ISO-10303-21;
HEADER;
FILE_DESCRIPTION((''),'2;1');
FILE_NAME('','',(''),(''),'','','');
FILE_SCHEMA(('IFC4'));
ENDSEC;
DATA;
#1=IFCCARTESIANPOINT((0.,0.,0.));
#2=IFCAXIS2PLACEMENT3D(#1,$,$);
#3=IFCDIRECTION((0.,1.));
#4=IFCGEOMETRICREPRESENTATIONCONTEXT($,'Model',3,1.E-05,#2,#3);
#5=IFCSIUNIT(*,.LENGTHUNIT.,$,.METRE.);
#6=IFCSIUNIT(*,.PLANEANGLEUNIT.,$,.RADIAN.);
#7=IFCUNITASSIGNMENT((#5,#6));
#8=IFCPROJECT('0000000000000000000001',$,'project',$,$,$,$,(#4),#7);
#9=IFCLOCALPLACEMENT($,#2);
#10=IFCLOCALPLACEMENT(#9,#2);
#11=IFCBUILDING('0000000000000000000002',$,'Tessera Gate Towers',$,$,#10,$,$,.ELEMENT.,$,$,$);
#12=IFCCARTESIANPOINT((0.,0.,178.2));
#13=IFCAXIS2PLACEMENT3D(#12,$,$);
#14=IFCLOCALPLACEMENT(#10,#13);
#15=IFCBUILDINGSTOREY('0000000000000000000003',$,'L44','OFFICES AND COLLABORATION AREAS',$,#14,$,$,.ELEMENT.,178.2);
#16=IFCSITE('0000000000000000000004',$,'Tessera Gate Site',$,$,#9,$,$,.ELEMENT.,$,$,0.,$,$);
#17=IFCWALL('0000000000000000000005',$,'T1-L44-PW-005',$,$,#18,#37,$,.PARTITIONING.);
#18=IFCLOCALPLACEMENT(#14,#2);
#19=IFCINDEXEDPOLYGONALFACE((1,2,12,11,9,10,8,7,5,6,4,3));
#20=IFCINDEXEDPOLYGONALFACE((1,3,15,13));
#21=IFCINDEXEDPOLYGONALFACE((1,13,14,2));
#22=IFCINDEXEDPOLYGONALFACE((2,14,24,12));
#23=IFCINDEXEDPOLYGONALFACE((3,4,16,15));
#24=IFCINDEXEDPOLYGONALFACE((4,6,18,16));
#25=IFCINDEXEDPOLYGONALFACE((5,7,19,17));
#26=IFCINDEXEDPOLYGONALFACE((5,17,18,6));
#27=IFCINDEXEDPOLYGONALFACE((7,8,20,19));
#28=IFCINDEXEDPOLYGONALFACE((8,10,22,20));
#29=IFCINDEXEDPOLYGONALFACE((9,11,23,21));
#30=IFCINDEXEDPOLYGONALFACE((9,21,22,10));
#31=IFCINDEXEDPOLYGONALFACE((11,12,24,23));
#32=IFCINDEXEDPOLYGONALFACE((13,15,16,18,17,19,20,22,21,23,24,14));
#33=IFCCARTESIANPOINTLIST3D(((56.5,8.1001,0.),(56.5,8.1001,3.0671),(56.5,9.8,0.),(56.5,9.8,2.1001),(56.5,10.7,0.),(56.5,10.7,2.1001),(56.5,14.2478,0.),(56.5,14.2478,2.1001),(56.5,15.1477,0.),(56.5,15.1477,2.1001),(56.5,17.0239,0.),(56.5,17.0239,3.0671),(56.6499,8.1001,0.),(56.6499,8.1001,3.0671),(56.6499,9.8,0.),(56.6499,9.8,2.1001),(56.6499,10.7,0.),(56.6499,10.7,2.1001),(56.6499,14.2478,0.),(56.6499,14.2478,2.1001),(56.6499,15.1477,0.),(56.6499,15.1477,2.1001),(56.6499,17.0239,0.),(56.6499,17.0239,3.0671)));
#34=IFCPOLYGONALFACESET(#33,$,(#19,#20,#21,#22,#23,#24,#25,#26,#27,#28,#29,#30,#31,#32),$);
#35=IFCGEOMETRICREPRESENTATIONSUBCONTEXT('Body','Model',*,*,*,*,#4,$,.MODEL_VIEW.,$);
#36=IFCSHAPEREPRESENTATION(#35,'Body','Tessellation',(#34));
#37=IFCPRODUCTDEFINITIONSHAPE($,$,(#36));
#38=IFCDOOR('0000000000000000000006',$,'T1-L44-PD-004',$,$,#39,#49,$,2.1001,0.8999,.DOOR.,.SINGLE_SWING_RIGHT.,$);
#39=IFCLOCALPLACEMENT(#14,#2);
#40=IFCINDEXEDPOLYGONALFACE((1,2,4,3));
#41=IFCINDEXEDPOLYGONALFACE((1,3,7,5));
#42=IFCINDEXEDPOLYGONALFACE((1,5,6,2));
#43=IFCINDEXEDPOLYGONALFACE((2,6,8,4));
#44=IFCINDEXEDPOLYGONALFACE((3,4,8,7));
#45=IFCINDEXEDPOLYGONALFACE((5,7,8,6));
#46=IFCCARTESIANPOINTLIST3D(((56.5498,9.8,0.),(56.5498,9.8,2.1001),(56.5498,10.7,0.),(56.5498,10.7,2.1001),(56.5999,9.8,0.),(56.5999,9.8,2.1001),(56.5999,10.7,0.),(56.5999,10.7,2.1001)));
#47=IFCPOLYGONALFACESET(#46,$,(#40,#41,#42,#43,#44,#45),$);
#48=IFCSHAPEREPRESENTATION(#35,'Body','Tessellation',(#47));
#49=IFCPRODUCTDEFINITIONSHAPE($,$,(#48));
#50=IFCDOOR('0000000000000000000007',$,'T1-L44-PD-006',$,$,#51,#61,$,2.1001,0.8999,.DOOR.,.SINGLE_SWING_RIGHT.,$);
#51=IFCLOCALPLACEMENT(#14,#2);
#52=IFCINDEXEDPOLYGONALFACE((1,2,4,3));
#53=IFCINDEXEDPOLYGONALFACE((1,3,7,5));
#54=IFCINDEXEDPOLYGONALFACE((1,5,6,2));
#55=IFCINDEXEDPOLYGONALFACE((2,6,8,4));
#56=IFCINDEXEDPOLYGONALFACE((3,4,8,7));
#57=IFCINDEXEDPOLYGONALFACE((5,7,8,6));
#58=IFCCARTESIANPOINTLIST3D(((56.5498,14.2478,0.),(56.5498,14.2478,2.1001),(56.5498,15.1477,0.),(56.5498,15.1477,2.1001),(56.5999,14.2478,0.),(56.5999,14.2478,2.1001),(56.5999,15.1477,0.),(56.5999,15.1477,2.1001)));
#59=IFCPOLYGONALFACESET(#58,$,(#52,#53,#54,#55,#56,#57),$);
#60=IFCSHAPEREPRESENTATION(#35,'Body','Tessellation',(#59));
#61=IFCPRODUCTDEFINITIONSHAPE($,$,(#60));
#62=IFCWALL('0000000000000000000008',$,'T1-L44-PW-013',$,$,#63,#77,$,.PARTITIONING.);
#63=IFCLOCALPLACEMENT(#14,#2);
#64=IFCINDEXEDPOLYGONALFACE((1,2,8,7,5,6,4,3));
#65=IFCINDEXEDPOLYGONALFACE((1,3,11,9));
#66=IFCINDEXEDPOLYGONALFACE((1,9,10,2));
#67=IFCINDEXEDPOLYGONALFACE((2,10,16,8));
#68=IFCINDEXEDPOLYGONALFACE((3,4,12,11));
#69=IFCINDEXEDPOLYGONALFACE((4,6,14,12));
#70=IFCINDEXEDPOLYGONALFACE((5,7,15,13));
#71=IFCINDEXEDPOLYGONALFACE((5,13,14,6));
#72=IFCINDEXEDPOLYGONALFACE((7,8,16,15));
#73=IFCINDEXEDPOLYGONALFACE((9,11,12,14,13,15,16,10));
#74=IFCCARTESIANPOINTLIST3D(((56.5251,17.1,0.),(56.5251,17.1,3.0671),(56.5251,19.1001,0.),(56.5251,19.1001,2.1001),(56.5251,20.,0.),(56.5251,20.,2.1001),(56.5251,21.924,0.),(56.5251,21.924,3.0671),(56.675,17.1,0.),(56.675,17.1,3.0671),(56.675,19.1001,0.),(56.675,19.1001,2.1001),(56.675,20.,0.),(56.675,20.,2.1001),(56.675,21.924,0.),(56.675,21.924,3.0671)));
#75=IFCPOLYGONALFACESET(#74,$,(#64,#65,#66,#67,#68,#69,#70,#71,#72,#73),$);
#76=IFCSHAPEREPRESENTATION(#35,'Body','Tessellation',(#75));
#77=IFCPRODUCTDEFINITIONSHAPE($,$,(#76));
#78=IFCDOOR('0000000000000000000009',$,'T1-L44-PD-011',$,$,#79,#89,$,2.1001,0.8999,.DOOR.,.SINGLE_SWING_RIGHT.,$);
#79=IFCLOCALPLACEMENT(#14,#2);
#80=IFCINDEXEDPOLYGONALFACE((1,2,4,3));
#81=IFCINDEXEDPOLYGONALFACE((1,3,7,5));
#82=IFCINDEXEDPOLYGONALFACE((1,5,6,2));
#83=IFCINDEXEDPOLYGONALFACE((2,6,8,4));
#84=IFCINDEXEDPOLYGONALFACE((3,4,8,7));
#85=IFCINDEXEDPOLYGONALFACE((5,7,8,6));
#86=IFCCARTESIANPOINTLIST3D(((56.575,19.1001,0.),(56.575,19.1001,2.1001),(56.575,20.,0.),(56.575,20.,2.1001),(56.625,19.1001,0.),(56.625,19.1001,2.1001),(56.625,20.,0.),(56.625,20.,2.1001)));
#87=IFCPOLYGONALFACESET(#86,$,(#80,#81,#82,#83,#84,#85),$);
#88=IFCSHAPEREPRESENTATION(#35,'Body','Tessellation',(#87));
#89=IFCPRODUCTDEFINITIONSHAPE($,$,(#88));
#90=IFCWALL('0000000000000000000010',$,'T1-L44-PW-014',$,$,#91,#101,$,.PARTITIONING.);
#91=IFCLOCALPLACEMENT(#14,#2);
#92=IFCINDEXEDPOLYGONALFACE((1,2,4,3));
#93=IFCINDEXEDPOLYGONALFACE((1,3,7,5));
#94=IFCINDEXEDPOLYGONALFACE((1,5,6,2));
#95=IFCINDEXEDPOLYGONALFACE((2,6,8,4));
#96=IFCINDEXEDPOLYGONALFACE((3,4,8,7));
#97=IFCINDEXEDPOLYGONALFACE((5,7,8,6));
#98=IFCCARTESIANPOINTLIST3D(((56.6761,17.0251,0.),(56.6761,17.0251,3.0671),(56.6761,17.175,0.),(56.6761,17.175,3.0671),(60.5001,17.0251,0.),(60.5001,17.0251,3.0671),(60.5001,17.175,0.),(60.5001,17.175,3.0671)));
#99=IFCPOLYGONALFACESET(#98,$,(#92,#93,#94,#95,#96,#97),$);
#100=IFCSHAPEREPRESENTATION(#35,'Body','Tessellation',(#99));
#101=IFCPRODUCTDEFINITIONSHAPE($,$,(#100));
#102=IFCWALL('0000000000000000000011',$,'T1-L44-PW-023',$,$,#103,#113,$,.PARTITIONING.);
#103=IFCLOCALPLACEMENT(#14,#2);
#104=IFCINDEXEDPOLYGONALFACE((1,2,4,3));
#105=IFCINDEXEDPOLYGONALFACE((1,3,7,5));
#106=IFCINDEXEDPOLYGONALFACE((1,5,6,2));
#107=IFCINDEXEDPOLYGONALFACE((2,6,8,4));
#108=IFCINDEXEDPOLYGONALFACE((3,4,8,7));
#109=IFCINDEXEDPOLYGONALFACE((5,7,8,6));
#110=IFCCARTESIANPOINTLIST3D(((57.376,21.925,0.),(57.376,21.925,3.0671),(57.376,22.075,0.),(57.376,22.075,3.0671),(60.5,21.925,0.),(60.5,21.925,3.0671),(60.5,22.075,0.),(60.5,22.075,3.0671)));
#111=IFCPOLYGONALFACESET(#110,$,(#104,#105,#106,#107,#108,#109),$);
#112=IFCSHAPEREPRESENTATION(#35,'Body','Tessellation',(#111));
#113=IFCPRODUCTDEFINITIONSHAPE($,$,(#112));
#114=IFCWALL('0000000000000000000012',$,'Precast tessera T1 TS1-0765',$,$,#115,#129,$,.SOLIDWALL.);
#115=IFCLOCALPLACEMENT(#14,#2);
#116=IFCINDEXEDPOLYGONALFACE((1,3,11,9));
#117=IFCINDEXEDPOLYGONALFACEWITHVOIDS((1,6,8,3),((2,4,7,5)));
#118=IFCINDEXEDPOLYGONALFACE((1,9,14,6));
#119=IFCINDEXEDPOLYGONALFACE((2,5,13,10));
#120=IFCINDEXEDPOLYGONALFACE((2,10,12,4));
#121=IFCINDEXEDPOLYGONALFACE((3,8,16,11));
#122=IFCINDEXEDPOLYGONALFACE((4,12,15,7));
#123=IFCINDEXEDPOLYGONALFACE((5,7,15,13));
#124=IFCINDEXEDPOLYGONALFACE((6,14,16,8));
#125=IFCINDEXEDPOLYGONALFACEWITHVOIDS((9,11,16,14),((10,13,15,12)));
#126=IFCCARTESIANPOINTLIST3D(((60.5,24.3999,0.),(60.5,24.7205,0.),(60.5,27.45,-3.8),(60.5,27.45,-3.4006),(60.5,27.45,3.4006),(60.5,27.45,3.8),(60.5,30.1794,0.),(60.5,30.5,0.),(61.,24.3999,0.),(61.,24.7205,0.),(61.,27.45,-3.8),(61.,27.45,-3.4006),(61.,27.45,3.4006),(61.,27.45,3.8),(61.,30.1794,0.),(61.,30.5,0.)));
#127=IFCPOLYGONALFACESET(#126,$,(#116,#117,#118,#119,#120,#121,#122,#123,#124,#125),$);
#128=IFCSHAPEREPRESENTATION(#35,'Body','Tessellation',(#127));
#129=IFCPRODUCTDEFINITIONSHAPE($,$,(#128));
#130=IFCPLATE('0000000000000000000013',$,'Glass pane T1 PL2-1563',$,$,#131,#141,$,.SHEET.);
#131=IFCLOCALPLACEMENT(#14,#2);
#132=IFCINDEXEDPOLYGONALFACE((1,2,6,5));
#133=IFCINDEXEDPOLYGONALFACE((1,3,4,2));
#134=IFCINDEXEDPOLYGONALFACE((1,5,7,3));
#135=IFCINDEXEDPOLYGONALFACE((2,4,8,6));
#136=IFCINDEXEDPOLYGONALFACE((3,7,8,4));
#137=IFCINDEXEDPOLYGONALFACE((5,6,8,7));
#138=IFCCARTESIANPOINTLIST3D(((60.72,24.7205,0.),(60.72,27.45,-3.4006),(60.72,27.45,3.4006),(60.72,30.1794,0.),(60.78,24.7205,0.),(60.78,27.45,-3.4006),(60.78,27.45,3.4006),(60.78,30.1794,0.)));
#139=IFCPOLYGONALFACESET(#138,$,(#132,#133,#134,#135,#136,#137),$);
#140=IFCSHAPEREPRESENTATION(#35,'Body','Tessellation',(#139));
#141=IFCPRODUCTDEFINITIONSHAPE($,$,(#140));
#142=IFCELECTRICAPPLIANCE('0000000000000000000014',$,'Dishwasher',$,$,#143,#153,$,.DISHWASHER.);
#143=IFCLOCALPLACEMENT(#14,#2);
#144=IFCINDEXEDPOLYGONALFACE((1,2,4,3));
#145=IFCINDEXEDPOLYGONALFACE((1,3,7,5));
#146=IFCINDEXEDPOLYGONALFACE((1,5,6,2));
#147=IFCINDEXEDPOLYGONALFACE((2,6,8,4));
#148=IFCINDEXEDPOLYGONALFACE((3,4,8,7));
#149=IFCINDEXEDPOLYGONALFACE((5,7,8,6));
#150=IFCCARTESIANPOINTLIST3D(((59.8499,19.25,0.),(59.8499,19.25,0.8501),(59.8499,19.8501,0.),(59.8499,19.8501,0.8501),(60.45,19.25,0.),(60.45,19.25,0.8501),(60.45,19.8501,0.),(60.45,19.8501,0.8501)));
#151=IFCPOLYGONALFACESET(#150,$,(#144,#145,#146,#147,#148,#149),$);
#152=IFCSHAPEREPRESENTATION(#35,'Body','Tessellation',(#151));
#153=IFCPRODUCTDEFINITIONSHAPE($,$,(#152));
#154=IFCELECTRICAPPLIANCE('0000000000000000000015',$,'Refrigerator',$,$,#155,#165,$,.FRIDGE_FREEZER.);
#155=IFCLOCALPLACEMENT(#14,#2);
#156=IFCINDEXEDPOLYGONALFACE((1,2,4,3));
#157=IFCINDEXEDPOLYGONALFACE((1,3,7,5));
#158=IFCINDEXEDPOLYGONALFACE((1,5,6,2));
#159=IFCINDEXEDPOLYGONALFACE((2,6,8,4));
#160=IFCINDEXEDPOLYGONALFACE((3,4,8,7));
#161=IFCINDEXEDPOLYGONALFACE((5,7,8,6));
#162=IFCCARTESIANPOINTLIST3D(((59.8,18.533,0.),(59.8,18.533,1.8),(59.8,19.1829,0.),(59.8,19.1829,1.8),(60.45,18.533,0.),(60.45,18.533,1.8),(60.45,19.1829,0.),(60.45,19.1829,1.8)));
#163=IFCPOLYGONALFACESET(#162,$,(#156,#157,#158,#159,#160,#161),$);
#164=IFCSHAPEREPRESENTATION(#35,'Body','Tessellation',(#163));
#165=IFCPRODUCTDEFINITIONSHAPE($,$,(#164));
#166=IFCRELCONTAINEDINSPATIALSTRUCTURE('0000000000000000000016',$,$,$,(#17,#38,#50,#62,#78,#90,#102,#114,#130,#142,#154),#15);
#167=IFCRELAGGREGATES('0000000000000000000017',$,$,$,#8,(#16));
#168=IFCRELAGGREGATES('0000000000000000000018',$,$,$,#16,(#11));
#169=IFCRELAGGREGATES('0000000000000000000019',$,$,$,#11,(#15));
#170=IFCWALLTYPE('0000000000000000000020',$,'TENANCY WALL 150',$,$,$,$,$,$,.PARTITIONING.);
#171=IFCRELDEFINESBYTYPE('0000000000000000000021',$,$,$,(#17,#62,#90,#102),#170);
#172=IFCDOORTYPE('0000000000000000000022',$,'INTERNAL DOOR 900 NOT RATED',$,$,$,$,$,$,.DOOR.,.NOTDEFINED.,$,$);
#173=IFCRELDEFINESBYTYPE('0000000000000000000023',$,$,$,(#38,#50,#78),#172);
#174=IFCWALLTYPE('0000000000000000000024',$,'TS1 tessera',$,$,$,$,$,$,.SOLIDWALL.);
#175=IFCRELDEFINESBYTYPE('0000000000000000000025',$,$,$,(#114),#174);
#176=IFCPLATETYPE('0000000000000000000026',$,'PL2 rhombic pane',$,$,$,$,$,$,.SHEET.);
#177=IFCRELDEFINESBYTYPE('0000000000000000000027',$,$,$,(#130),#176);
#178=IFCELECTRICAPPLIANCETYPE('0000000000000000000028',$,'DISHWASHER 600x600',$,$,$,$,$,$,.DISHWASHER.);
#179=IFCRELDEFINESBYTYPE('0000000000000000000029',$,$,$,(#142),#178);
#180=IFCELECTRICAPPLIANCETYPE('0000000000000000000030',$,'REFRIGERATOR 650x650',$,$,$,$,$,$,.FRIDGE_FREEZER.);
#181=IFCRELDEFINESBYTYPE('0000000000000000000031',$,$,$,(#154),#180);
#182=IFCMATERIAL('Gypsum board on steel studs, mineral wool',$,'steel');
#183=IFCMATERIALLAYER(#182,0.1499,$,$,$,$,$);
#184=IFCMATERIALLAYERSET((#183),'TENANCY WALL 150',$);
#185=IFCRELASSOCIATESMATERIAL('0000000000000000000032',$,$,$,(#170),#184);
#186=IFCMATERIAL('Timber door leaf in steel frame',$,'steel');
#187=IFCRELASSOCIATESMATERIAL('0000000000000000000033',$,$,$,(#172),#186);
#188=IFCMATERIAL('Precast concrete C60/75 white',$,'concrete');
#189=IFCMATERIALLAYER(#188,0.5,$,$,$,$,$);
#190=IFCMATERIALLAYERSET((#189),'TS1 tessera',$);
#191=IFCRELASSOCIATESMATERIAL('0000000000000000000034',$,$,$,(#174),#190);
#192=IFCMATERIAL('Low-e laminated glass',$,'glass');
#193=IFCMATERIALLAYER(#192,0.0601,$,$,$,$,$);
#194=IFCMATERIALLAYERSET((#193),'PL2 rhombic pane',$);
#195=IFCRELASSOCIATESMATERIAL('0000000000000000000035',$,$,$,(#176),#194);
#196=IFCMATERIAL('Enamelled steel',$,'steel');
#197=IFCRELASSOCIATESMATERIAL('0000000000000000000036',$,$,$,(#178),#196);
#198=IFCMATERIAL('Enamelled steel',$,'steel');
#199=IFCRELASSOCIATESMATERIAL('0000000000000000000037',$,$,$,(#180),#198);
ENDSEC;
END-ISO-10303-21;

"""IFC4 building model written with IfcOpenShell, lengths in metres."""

from ifc_helpers import new_model, si_unit, direction, frame, frame_2d, origin, origin_2d, place, context, subcontext, project, spatial, polyline, rectangle, outline, extrude, source, transform, mapped, material, layer, layer_set, type_object, element, fill, save


model = new_model("IFC4")

# Units and contexts
model_context = context("Model", 3, precision=1e-05, world=origin(), true_north=direction((0.0, 1.0)))
body_context = subcontext(model_context, "Body", "Model", "MODEL_VIEW")
ifc_project = project(units=[si_unit("LENGTHUNIT", "METRE"), si_unit("PLANEANGLEUNIT", "RADIAN")], contexts=[model_context])

# Site, building, storey
site_placement = place(None, origin())
site = spatial("IfcSite", under=ifc_project, at=site_placement, Name="Tessera Gate Site", CompositionType="ELEMENT", RefElevation=0.0)
building_placement = place(site_placement, origin())
building = spatial("IfcBuilding", under=site, at=building_placement, Name="Tessera Gate Towers", CompositionType="ELEMENT")
storey_placement = place(building_placement, frame((0.0, 0.0, 178.2)))
storey = spatial("IfcBuildingStorey", under=building, at=storey_placement, Name="L44", Description="OFFICES AND COLLABORATION AREAS", CompositionType="ELEMENT", Elevation=178.2)

# Wall, openings, doors
ifc_material_1 = material(Name="Gypsum board on steel studs, mineral wool", Category="steel")
ifc_layer_1 = layer(ifc_material_1, 0.1499)
ifc_layer_set_1 = layer_set([ifc_layer_1], Name="TENANCY WALL 150")
wall_type_1 = type_object("IfcWallType", Name="TENANCY WALL 150", PredefinedType="PARTITIONING", material=ifc_layer_set_1)
wall_1_placement = place(storey_placement, frame((56.575, 17.0239, 0.0), z_axis=(0.0, 0.0, 1.0), x_axis=(0.0, -1.0, 0.0)))
wall_1 = element("IfcWall", 1, at=wall_1_placement, inside=storey, type_object=wall_type_1, Name="T1-L44-PW-005", PredefinedType="PARTITIONING", context=body_context, shape_type="SweptSolid", body=[
    extrude(rectangle(XDim=8.9238, YDim=0.1499, at=frame_2d((4.4619, 0.0))), origin(), (0.0, 0.0, 1.0), 3.0671),
])
shared_shape_1 = source(origin(), body_context, "Body", "SweptSolid", [
    extrude(rectangle(XDim=0.8999, YDim=2.1001, at=frame_2d((0.45, 1.05))), frame((0.0, 0.085, 0.0), z_axis=(0.0, -1.0, 0.0), x_axis=(1.0, 0.0, 0.0)), (0.0, 0.0, 1.0), 0.1699),
])
opening_1_placement = place(wall_1_placement, frame((6.324, 0.0, 0.0)))
opening_1 = element("IfcOpeningElement", 2, at=opening_1_placement, cuts=wall_1, PredefinedType="OPENING", context=body_context, shape_type="MappedRepresentation", body=[
    mapped(shared_shape_1, transform((0.0, 0.0, 0.0), scale=1.0)),
])
opening_2_placement = place(wall_1_placement, frame((1.8762, 0.0, 0.0)))
opening_2 = element("IfcOpeningElement", 3, at=opening_2_placement, cuts=wall_1, PredefinedType="OPENING", context=body_context, shape_type="MappedRepresentation", body=[
    mapped(shared_shape_1, transform((0.0, 0.0, 0.0), scale=1.0)),
])
ifc_material_2 = material(Name="Timber door leaf in steel frame", Category="steel")
door_type_1 = type_object("IfcDoorType", Name="INTERNAL DOOR 900 NOT RATED", OperationType="NOTDEFINED", PredefinedType="DOOR", material=ifc_material_2)
shared_shape_2 = source(origin(), body_context, "Body", "SweptSolid", [
    extrude(rectangle(XDim=0.8999, YDim=2.1001, at=frame_2d((0.45, 1.05))), frame((0.0, 0.0249, 0.0), z_axis=(0.0, -1.0, 0.0), x_axis=(1.0, 0.0, 0.0)), (0.0, 0.0, 1.0), 0.05),
])
door_1_placement = place(opening_1_placement, origin())
door_1 = element("IfcDoor", 4, at=door_1_placement, inside=storey, type_object=door_type_1, Name="T1-L44-PD-004", OperationType="SINGLE_SWING_RIGHT", OverallHeight=2.1001, OverallWidth=0.8999, PredefinedType="DOOR", context=body_context, shape_type="MappedRepresentation", body=[
    mapped(shared_shape_2, transform((0.0, 0.0, 0.0), scale=1.0)),
])
fill(opening_1, door_1)
door_2_placement = place(opening_2_placement, origin())
door_2 = element("IfcDoor", 5, at=door_2_placement, inside=storey, type_object=door_type_1, Name="T1-L44-PD-006", OperationType="SINGLE_SWING_RIGHT", OverallHeight=2.1001, OverallWidth=0.8999, PredefinedType="DOOR", context=body_context, shape_type="MappedRepresentation", body=[
    mapped(shared_shape_2, transform((0.0, 0.0, 0.0), scale=1.0)),
])
fill(opening_2, door_2)

# Wall, opening, door
wall_2_placement = place(storey_placement, frame((56.6001, 21.9241, 0.0), z_axis=(0.0, 0.0, 1.0), x_axis=(0.0, -1.0, 0.0)))
wall_2 = element("IfcWall", 6, at=wall_2_placement, inside=storey, type_object=wall_type_1, Name="T1-L44-PW-013", PredefinedType="PARTITIONING", context=body_context, shape_type="SweptSolid", body=[
    extrude(rectangle(XDim=4.824, YDim=0.1499, at=frame_2d((2.4121, 0.0))), origin(), (0.0, 0.0, 1.0), 3.0671),
])
opening_3_placement = place(wall_2_placement, frame((1.9241, 0.0, 0.0)))
opening_3 = element("IfcOpeningElement", 7, at=opening_3_placement, cuts=wall_2, PredefinedType="OPENING", context=body_context, shape_type="MappedRepresentation", body=[
    mapped(shared_shape_1, transform((0.0, 0.0, 0.0), scale=1.0)),
])
door_3_placement = place(opening_3_placement, origin())
door_3 = element("IfcDoor", 8, at=door_3_placement, inside=storey, type_object=door_type_1, Name="T1-L44-PD-011", OperationType="SINGLE_SWING_RIGHT", OverallHeight=2.1001, OverallWidth=0.8999, PredefinedType="DOOR", context=body_context, shape_type="MappedRepresentation", body=[
    mapped(shared_shape_2, transform((0.0, 0.0, 0.0), scale=1.0)),
])
fill(opening_3, door_3)

# Walls
wall_3_placement = place(storey_placement, frame((56.676, 17.1001, 0.0), z_axis=(0.0, 0.0, 1.0), x_axis=(1.0, 0.0, 0.0)))
element("IfcWall", 9, at=wall_3_placement, inside=storey, type_object=wall_type_1, Name="T1-L44-PW-014", PredefinedType="PARTITIONING", context=body_context, shape_type="SweptSolid", body=[
    extrude(rectangle(XDim=3.824, YDim=0.1499, at=frame_2d((1.9121, 0.0))), origin(), (0.0, 0.0, 1.0), 3.0671),
])
wall_4_placement = place(storey_placement, frame((57.376, 22.0, 0.0), z_axis=(0.0, 0.0, 1.0), x_axis=(1.0, 0.0, 0.0)))
element("IfcWall", 10, at=wall_4_placement, inside=storey, type_object=wall_type_1, Name="T1-L44-PW-023", PredefinedType="PARTITIONING", context=body_context, shape_type="SweptSolid", body=[
    extrude(rectangle(XDim=3.124, YDim=0.1499, at=frame_2d((1.562, 0.0))), origin(), (0.0, 0.0, 1.0), 3.0671),
])

# Wall, opening, plate
ifc_material_3 = material(Name="Precast concrete C60/75 white", Category="concrete")
ifc_layer_2 = layer(ifc_material_3, 0.5)
ifc_layer_set_2 = layer_set([ifc_layer_2], Name="TS1 tessera")
wall_type_2 = type_object("IfcWallType", Name="TS1 tessera", PredefinedType="SOLIDWALL", material=ifc_layer_set_2)
shared_shape_3 = source(origin(), body_context, "Body", "SweptSolid", [
    extrude(outline(polyline([(3.05, 0.0), (6.1001, 3.8), (3.05, 7.6001), (0.0, 3.8), (3.05, 0.0)])), frame((0.0, 0.25, 0.0), z_axis=(0.0, -1.0, 0.0), x_axis=(1.0, 0.0, 0.0)), (0.0, 0.0, 1.0), 0.5),
])
wall_5_placement = place(storey_placement, frame((60.75, 24.3999, -3.8), z_axis=(0.0, 0.0, 1.0), x_axis=(0.0, 1.0, 0.0)))
wall_5 = element("IfcWall", 11, at=wall_5_placement, inside=storey, type_object=wall_type_2, Name="Precast tessera T1 TS1-0765", PredefinedType="SOLIDWALL", context=body_context, shape_type="MappedRepresentation", body=[
    mapped(shared_shape_3, transform((0.0, 0.0, 0.0), scale=1.0)),
])
shared_shape_4 = source(origin(), body_context, "Body", "SweptSolid", [
    extrude(outline(polyline([(3.05, 0.3994), (5.7795, 3.8), (3.05, 7.2007), (0.3206, 3.8), (3.05, 0.3994)])), frame((0.0, 0.26, 0.0), z_axis=(0.0, -1.0, 0.0), x_axis=(1.0, 0.0, 0.0)), (0.0, 0.0, 1.0), 0.52),
])
opening_4_placement = place(wall_5_placement, origin())
opening_4 = element("IfcOpeningElement", 12, at=opening_4_placement, cuts=wall_5, PredefinedType="OPENING", context=body_context, shape_type="MappedRepresentation", body=[
    mapped(shared_shape_4, transform((0.0, 0.0, 0.0), scale=1.0)),
])
ifc_material_4 = material(Name="Low-e laminated glass", Category="glass")
ifc_layer_3 = layer(ifc_material_4, 0.0601)
ifc_layer_set_3 = layer_set([ifc_layer_3], Name="PL2 rhombic pane")
plate_type = type_object("IfcPlateType", Name="PL2 rhombic pane", PredefinedType="SHEET", material=ifc_layer_set_3)
shared_shape_5 = source(origin(), body_context, "Body", "SweptSolid", [
    extrude(outline(polyline([(3.05, 0.3994), (5.7795, 3.8), (3.05, 7.2007), (0.3206, 3.8), (3.05, 0.3994)])), frame((0.0, 0.03, 0.0), z_axis=(0.0, -1.0, 0.0), x_axis=(1.0, 0.0, 0.0)), (0.0, 0.0, 1.0), 0.0601),
])
plate_placement = place(opening_4_placement, origin())
plate = element("IfcPlate", 13, at=plate_placement, inside=storey, type_object=plate_type, Name="Glass pane T1 PL2-1563", PredefinedType="SHEET", context=body_context, shape_type="MappedRepresentation", body=[
    mapped(shared_shape_5, transform((0.0, 0.0, 0.0), scale=1.0)),
])
fill(opening_4, plate)

# Electric appliances
ifc_material_5 = material(Name="Enamelled steel", Category="steel")
electric_appliance_type_1 = type_object("IfcElectricApplianceType", Name="DISHWASHER 600x600", PredefinedType="DISHWASHER", material=ifc_material_5)
electric_appliance_1_placement = place(storey_placement, frame((60.1499, 19.55, 0.0), z_axis=(0.0, 0.0, 1.0), x_axis=(1.0, 0.0, 0.0)))
element("IfcElectricAppliance", 14, at=electric_appliance_1_placement, inside=storey, type_object=electric_appliance_type_1, Name="Dishwasher", PredefinedType="DISHWASHER", context=body_context, shape_type="SweptSolid", body=[
    extrude(rectangle(XDim=0.6001, YDim=0.6001, at=origin_2d()), origin(), (0.0, 0.0, 1.0), 0.8501),
])
ifc_material_6 = material(Name="Enamelled steel", Category="steel")
electric_appliance_type_2 = type_object("IfcElectricApplianceType", Name="REFRIGERATOR 650x650", PredefinedType="FRIDGE_FREEZER", material=ifc_material_6)
electric_appliance_2_placement = place(storey_placement, frame((60.125, 18.8579, 0.0), z_axis=(0.0, 0.0, 1.0), x_axis=(1.0, 0.0, 0.0)))
element("IfcElectricAppliance", 15, at=electric_appliance_2_placement, inside=storey, type_object=electric_appliance_type_2, Name="Refrigerator", PredefinedType="FRIDGE_FREEZER", context=body_context, shape_type="SweptSolid", body=[
    extrude(rectangle(XDim=0.6499, YDim=0.6499, at=origin_2d()), origin(), (0.0, 0.0, 1.0), 1.8),
])

save(model, "model.ifc")
